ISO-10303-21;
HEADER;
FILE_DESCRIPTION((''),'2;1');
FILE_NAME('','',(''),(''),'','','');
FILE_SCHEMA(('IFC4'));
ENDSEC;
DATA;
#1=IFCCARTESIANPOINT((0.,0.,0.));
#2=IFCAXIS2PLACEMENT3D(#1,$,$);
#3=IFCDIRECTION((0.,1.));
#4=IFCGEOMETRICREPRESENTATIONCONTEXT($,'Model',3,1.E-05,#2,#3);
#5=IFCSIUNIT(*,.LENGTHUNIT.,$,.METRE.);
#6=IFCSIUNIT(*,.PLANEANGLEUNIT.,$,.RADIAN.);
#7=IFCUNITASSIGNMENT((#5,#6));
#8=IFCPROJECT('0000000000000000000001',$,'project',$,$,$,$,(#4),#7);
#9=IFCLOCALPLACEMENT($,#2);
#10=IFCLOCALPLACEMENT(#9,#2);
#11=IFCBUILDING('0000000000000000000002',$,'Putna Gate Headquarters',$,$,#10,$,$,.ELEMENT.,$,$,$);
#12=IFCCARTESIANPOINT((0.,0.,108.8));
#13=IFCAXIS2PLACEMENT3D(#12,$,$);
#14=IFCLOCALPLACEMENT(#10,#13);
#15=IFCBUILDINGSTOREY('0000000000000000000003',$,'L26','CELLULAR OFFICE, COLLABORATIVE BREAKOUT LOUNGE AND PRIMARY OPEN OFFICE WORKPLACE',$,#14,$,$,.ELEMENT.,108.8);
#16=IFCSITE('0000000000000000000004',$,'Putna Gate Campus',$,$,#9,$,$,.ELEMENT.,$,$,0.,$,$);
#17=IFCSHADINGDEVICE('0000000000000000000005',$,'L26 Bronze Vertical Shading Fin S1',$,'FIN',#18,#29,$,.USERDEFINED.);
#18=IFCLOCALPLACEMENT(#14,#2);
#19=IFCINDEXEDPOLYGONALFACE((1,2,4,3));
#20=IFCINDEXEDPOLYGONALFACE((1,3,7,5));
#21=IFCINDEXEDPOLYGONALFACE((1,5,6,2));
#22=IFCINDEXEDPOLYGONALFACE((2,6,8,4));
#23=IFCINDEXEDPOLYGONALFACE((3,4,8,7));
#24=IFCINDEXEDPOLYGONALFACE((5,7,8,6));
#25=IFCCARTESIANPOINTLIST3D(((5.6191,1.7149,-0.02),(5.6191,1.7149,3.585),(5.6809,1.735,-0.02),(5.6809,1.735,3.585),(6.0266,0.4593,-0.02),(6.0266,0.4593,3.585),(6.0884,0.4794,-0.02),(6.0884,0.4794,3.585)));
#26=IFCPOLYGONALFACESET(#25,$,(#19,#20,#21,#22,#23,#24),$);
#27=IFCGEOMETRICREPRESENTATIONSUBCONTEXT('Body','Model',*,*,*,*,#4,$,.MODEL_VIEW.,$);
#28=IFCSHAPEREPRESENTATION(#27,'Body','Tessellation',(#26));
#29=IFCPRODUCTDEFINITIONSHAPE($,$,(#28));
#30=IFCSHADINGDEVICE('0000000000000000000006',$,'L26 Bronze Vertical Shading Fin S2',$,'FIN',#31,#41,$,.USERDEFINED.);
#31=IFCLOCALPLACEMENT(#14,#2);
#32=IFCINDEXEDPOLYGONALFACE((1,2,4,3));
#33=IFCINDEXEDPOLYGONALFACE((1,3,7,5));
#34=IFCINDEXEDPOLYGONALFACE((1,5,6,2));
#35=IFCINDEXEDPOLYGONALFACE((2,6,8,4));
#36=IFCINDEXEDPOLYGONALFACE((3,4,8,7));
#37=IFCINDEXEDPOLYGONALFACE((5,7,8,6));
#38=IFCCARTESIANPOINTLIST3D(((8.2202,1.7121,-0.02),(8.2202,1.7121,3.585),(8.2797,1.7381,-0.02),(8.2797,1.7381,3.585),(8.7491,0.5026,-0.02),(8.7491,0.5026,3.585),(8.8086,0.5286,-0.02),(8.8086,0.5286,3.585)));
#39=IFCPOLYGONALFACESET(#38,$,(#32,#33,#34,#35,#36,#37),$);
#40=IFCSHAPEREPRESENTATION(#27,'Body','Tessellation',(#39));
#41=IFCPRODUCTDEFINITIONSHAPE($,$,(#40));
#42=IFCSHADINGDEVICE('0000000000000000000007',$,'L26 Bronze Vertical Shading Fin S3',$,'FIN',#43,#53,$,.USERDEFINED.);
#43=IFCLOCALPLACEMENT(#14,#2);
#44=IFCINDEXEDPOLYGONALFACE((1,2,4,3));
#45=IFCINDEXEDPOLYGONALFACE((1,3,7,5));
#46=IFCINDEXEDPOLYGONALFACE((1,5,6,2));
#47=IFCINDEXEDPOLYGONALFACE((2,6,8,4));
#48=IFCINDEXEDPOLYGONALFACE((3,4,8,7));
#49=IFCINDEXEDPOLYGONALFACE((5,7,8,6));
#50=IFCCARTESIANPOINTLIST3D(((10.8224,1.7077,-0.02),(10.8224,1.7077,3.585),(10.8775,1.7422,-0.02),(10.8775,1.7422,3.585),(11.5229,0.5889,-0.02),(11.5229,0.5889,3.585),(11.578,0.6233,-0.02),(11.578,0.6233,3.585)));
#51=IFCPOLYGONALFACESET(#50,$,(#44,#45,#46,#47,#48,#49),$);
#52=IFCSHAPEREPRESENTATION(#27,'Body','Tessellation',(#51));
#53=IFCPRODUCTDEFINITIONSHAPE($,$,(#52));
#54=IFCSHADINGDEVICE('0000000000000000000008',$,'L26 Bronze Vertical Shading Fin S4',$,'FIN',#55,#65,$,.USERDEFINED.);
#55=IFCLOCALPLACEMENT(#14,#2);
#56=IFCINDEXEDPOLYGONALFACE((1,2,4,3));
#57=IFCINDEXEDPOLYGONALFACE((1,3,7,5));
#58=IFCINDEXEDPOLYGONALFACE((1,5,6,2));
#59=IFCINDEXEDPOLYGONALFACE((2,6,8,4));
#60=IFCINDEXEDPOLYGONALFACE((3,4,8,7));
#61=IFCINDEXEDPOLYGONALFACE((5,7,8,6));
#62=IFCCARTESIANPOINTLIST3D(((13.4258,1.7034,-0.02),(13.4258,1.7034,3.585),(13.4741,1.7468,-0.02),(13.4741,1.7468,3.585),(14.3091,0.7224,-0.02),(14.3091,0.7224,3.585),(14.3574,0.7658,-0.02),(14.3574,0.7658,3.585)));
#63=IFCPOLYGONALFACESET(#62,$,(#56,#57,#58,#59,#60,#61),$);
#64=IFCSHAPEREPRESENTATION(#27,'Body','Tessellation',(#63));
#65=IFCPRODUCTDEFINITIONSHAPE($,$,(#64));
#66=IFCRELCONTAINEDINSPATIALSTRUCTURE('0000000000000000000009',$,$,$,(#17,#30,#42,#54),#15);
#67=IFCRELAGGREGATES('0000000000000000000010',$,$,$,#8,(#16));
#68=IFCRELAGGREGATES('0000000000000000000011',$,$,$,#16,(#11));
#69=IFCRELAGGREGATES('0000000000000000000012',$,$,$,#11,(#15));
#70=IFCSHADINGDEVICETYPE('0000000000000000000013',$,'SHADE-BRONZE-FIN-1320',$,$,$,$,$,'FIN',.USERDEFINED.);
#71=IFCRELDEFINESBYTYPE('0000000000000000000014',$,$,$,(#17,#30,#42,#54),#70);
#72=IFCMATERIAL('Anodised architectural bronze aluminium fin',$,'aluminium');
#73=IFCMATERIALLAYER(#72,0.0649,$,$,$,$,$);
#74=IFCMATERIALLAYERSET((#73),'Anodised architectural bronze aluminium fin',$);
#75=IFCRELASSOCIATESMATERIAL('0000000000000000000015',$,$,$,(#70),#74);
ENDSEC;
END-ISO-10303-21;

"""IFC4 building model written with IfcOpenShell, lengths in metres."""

from ifc_helpers import new_model, si_unit, direction, frame, origin, origin_2d, place, context, subcontext, project, spatial, rectangle, extrude, material, layer, layer_set, type_object, element, save


model = new_model("IFC4")

# Units and contexts
model_context = context("Model", 3, precision=1e-05, world=origin(), true_north=direction((0.0, 1.0)))
body_context = subcontext(model_context, "Body", "Model", "MODEL_VIEW")
ifc_project = project(units=[si_unit("LENGTHUNIT", "METRE"), si_unit("PLANEANGLEUNIT", "RADIAN")], contexts=[model_context])

# Site, building, storey
site_placement = place(None, origin())
site = spatial("IfcSite", under=ifc_project, at=site_placement, Name="Putna Gate Campus", CompositionType="ELEMENT", RefElevation=0.0)
building_placement = place(site_placement, origin())
building = spatial("IfcBuilding", under=site, at=building_placement, Name="Putna Gate Headquarters", CompositionType="ELEMENT")
storey_placement = place(building_placement, frame((0.0, 0.0, 108.8)))
storey = spatial("IfcBuildingStorey", under=building, at=storey_placement, Name="L26", Description="CELLULAR OFFICE, COLLABORATIVE BREAKOUT LOUNGE AND PRIMARY OPEN OFFICE WORKPLACE", CompositionType="ELEMENT", Elevation=108.8)

# Shading devices
ifc_material_1 = material(Name="Anodised architectural bronze aluminium fin", Category="aluminium")
ifc_layer_1 = layer(ifc_material_1, 0.0649)
ifc_layer_set_1 = layer_set([ifc_layer_1], Name="Anodised architectural bronze aluminium fin")
shading_device_type = type_object("IfcShadingDeviceType", Name="SHADE-BRONZE-FIN-1320", ElementType="FIN", PredefinedType="USERDEFINED", material=ifc_layer_set_1)
for number, where, z_axis, x_axis, name in (
    (1, (5.8538, 1.0972, -0.02), (0.0, 0.0, 1.0), (0.308685, -0.951164, 0.0), "L26 Bronze Vertical Shading Fin S1"),
    (2, (8.5144, 1.1204, -0.02), (0.0, 0.0, 1.0), (0.400669, -0.916223, 0.0), "L26 Bronze Vertical Shading Fin S2"),
    (3, (11.2002, 1.1655, -0.02), (0.0, 0.0, 1.0), (0.530659, -0.847585, 0.0), "L26 Bronze Vertical Shading Fin S3"),
    (4, (13.8916, 1.2346, -0.02), (0.0, 0.0, 1.0), (0.669131, -0.743145, 0.0), "L26 Bronze Vertical Shading Fin S4"),
):
    element("IfcShadingDevice", number, at=place(storey_placement, frame(where, z_axis=z_axis, x_axis=x_axis)), inside=storey, type_object=shading_device_type, Name=name, ObjectType="FIN", PredefinedType="USERDEFINED", context=body_context, shape_type="SweptSolid", body=[
        extrude(rectangle(XDim=1.3201, YDim=0.0649, at=origin_2d()), origin(), (0.0, 0.0, 1.0), 3.605),
    ])

save(model, "model.ifc")
